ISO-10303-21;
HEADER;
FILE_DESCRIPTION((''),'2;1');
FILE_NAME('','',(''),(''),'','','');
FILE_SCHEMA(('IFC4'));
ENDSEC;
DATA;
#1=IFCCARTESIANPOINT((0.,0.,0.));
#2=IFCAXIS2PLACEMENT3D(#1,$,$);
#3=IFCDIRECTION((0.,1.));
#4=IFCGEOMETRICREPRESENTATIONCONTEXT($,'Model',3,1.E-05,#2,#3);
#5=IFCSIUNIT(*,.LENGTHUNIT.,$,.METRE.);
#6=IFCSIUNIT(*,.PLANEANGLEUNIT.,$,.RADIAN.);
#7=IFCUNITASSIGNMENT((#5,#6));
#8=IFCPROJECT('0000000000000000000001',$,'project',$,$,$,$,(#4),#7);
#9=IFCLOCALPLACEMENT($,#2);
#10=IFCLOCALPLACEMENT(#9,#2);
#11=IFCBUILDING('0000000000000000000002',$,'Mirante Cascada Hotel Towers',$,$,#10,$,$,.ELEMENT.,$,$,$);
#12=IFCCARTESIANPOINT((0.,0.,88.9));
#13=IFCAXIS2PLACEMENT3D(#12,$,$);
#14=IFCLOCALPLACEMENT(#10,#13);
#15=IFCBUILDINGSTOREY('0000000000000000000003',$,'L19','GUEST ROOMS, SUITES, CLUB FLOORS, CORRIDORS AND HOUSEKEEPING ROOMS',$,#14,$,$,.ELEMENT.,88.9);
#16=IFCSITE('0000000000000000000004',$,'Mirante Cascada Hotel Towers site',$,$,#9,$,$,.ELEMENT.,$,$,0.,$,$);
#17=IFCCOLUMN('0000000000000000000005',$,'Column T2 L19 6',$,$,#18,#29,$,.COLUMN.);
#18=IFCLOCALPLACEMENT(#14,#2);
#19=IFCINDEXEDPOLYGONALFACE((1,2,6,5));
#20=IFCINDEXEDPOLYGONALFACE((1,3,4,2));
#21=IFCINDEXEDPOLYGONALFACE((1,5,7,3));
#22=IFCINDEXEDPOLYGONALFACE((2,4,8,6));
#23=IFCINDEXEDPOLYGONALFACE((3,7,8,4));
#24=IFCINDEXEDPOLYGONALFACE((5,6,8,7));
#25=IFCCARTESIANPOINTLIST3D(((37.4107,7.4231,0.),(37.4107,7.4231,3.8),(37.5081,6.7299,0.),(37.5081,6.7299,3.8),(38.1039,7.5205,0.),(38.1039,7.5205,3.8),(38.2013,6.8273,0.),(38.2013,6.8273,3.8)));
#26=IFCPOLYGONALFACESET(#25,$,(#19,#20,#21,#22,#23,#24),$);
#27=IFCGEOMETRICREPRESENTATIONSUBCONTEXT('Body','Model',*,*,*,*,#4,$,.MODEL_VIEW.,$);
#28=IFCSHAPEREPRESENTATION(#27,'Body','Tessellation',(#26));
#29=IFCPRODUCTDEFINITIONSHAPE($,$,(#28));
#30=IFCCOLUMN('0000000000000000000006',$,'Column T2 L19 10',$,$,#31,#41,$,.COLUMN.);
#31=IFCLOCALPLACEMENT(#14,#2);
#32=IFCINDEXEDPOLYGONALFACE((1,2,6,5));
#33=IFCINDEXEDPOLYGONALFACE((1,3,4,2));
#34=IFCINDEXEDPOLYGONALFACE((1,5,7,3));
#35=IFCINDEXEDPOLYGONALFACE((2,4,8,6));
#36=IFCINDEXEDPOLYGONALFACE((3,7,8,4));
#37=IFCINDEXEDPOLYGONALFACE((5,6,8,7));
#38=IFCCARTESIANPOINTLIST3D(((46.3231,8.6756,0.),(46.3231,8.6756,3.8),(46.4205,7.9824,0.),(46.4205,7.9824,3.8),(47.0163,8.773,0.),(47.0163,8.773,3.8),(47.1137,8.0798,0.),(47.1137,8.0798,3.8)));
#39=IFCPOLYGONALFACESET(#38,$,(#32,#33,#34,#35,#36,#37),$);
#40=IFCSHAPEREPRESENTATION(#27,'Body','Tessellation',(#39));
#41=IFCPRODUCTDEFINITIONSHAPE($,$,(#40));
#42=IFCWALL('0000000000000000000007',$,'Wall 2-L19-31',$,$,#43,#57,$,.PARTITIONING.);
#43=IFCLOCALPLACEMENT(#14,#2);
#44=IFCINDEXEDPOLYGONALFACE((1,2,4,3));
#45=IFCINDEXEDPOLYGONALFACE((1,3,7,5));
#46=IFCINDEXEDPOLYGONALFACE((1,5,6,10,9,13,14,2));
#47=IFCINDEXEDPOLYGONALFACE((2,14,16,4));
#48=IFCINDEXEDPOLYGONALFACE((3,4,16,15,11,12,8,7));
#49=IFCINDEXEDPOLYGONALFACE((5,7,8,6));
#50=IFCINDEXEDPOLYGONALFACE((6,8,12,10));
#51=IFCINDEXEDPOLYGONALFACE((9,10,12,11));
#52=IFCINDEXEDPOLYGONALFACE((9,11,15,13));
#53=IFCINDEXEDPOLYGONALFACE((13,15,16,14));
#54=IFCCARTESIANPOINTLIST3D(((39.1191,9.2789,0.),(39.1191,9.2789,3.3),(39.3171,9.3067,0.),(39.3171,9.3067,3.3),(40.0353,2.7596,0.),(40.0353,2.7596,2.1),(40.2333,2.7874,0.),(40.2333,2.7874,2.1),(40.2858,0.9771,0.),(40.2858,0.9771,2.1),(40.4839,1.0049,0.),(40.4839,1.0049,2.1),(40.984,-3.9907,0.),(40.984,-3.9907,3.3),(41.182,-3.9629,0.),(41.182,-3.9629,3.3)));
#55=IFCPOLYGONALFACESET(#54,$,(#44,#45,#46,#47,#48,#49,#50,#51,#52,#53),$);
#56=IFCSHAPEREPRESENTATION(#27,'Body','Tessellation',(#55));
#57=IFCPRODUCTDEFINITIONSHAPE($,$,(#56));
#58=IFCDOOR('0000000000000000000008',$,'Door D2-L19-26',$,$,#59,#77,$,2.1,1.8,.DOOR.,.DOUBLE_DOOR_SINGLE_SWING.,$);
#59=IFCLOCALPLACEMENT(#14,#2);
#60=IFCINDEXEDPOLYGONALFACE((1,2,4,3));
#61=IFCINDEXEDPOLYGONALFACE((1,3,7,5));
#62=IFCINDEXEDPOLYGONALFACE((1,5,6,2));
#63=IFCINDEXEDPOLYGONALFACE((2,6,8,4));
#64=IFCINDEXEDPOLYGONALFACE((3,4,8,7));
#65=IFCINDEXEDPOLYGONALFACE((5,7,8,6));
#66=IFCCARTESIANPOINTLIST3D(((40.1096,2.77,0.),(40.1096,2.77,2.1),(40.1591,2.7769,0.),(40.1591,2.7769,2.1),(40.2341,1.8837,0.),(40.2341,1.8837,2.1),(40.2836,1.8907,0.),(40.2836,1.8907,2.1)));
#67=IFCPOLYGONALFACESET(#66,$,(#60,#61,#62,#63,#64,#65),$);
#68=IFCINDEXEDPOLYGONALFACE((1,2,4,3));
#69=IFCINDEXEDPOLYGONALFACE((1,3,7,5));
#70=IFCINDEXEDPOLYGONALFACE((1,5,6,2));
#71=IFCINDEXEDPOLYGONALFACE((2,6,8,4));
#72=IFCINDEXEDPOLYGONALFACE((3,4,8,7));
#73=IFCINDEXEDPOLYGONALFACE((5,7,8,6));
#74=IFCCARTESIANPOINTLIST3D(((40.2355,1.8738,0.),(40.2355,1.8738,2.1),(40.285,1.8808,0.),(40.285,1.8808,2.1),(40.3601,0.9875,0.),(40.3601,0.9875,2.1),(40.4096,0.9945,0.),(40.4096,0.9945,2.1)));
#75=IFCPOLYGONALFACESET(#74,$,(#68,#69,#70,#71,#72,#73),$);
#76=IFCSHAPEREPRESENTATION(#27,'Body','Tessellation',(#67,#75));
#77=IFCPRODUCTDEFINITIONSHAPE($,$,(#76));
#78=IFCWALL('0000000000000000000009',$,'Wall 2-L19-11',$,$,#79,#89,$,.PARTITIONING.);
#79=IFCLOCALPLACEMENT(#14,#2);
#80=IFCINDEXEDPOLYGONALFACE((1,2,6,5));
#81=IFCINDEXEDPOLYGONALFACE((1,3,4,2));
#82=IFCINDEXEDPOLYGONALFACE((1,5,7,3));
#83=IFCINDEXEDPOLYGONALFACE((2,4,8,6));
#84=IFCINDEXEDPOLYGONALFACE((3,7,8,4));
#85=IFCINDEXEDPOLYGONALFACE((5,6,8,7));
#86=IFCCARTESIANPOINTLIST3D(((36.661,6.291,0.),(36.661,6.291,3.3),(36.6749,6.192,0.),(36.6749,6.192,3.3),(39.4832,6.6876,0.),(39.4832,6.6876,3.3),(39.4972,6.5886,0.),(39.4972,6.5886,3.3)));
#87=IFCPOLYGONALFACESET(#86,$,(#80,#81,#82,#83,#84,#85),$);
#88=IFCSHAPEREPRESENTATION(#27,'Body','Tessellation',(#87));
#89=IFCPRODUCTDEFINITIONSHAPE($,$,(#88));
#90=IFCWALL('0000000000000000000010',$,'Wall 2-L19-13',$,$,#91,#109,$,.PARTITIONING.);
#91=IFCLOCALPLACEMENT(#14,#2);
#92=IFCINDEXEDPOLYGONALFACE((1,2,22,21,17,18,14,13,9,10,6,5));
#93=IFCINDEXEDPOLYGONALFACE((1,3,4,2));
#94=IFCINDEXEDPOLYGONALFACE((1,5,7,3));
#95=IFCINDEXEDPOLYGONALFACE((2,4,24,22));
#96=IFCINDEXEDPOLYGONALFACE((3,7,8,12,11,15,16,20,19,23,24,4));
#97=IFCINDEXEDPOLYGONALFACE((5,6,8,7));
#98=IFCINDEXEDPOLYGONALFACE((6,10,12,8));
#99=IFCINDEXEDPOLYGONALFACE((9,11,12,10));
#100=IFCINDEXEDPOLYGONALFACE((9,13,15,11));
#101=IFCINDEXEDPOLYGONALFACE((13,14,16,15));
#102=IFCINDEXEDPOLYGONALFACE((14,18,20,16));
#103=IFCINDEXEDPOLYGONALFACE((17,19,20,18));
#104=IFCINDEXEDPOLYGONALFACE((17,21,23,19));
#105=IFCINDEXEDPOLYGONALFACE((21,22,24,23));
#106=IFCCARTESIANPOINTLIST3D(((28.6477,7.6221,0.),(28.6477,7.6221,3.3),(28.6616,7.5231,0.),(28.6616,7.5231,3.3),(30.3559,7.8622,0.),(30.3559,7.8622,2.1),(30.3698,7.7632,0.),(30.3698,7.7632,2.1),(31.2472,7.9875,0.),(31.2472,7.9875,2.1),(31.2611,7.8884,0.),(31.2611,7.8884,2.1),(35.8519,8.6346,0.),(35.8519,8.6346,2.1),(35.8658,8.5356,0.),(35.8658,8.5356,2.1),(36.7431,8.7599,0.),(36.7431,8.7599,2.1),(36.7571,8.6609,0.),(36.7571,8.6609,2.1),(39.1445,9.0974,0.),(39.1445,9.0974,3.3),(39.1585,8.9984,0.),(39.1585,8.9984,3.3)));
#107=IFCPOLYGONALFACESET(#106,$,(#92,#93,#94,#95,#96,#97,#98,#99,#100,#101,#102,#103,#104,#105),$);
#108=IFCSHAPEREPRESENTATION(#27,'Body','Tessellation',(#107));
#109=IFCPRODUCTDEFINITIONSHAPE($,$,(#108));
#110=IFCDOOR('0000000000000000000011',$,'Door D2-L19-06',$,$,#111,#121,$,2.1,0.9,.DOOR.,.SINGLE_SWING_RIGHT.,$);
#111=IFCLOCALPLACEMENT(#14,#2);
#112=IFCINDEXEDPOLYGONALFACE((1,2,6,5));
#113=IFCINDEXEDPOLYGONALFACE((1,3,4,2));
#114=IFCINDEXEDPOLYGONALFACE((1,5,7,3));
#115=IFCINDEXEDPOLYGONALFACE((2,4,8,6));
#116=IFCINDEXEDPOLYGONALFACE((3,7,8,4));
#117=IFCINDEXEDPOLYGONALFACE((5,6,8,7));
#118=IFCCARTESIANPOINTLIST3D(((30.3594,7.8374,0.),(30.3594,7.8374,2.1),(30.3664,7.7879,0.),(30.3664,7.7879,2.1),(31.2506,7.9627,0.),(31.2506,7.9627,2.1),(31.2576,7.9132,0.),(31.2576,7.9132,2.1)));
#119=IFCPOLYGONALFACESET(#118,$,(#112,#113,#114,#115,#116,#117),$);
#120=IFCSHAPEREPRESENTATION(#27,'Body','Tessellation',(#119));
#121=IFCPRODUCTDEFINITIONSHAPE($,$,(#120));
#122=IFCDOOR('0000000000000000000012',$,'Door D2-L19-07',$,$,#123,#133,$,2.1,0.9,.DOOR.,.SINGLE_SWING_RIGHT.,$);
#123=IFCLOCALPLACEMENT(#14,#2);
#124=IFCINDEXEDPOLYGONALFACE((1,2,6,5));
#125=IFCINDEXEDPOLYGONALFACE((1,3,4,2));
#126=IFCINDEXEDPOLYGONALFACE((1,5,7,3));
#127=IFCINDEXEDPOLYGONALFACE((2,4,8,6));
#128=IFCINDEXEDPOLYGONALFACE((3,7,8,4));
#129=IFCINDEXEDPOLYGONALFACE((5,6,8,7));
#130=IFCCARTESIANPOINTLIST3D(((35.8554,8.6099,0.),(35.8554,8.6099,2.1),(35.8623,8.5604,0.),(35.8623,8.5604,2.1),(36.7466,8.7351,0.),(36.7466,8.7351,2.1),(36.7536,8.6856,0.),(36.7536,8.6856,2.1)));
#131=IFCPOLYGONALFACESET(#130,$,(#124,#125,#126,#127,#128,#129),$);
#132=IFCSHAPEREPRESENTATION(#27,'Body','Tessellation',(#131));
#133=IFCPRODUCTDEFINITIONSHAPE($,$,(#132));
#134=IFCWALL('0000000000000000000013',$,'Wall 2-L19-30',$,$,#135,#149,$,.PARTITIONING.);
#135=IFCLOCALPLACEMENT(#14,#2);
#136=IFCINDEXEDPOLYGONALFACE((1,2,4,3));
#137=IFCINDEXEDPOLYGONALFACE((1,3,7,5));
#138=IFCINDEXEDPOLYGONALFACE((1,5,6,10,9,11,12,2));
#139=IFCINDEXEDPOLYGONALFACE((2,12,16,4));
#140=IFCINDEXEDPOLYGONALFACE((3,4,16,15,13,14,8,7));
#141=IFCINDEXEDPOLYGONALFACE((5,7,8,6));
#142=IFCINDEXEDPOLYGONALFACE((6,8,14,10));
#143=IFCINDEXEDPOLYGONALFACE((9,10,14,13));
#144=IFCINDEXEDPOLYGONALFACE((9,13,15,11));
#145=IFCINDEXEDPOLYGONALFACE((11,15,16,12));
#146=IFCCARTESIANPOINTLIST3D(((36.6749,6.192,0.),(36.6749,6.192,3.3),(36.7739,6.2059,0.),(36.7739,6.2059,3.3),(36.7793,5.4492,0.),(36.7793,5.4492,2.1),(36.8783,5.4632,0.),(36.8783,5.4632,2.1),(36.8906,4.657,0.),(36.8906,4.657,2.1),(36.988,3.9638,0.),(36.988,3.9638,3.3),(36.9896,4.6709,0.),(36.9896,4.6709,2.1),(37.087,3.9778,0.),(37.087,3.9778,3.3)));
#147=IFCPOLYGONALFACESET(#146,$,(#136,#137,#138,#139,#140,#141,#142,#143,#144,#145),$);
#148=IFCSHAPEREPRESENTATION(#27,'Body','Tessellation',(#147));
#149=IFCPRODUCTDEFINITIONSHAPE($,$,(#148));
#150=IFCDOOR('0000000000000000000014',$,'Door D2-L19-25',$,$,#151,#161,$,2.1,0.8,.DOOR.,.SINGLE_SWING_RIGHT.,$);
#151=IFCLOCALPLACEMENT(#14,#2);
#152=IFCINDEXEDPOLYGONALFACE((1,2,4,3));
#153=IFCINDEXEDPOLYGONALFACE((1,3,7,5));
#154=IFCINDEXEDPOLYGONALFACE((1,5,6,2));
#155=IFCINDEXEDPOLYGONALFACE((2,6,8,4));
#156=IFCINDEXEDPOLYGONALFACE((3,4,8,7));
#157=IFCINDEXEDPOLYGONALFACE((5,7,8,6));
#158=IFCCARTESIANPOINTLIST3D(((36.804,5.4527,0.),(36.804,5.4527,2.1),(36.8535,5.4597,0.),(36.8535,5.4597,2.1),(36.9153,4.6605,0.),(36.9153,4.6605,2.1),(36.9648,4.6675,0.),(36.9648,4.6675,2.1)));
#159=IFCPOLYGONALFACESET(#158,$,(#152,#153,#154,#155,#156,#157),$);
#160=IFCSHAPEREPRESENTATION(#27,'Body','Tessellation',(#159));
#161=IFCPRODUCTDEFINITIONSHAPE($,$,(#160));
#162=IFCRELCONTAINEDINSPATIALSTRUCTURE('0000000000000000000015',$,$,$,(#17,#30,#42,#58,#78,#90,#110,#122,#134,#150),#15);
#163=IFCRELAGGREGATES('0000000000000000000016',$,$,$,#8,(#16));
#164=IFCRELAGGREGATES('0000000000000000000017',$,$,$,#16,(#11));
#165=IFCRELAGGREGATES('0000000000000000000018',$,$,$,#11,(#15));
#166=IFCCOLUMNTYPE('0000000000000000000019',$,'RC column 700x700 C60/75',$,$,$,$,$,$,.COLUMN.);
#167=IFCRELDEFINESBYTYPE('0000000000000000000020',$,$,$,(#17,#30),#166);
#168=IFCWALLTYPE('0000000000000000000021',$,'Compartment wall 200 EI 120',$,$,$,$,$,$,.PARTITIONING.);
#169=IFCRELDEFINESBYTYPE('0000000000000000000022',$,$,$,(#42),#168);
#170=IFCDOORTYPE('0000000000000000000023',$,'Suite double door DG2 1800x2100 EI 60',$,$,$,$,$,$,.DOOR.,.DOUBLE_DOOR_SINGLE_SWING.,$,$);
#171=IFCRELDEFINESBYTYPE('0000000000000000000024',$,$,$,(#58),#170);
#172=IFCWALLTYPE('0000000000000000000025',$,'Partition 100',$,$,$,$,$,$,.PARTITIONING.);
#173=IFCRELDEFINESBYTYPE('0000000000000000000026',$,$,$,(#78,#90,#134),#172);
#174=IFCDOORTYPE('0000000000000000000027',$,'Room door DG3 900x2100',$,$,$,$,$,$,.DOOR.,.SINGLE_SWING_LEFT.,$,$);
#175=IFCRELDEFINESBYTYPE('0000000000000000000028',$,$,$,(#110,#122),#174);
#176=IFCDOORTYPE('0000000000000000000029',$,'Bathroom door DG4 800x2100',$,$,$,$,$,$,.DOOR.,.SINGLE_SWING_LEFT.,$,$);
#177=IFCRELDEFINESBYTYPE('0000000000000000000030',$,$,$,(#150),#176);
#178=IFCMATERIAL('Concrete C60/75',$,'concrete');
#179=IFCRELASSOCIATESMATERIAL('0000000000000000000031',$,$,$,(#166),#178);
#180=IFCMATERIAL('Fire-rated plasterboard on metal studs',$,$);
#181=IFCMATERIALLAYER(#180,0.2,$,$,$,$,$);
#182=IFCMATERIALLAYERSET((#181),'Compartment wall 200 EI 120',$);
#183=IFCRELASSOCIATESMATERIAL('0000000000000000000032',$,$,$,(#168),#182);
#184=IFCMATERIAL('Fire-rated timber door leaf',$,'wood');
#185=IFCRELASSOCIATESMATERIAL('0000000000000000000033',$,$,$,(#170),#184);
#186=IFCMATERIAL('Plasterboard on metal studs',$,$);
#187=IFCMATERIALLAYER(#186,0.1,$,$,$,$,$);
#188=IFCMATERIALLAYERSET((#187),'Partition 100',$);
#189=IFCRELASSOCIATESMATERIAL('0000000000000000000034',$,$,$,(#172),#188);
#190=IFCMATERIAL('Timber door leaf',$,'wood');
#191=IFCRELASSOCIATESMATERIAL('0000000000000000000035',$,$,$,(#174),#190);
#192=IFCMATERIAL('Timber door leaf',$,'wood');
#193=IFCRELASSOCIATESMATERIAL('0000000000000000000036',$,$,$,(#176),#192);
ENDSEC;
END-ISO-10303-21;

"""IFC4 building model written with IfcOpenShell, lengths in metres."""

from ifc_helpers import new_model, si_unit, direction, frame, frame_2d, origin, origin_2d, place, context, subcontext, project, spatial, rectangle, extrude, material, layer, layer_set, material_profile, profile_set, type_object, element, fill, save


model = new_model("IFC4")

# Units and contexts
model_context = context("Model", 3, precision=1e-05, world=origin(), true_north=direction((0.0, 1.0)))
body_context = subcontext(model_context, "Body", "Model", "MODEL_VIEW")
ifc_project = project(units=[si_unit("LENGTHUNIT", "METRE"), si_unit("PLANEANGLEUNIT", "RADIAN")], contexts=[model_context])

# Site, building, storey
site_placement = place(None, origin())
site = spatial("IfcSite", under=ifc_project, at=site_placement, Name="Mirante Cascada Hotel Towers site", CompositionType="ELEMENT", RefElevation=0.0)
building_placement = place(site_placement, origin())
building = spatial("IfcBuilding", under=site, at=building_placement, Name="Mirante Cascada Hotel Towers", CompositionType="ELEMENT")
storey_placement = place(building_placement, frame((0.0, 0.0, 88.9)))
storey = spatial("IfcBuildingStorey", under=building, at=storey_placement, Name="L19", Description="GUEST ROOMS, SUITES, CLUB FLOORS, CORRIDORS AND HOUSEKEEPING ROOMS", CompositionType="ELEMENT", Elevation=88.9)

# Columns
ifc_material_1 = material(Name="Concrete C60/75", Category="concrete")
ifc_material_profile = material_profile(ifc_material_1, rectangle(XDim=0.7, YDim=0.7, at=origin_2d()), Name="RC column 700x700 C60/75")
ifc_profile_set = profile_set([ifc_material_profile], Name="Concrete C60/75")
column_type = type_object("IfcColumnType", Name="RC column 700x700 C60/75", PredefinedType="COLUMN", material=ifc_profile_set)
for number, where, z_axis, x_axis, name in (
    (1, (37.806, 7.1252, 0.0), (0.0, 0.0, 1.0), (0.990268, 0.139173, 0.0), "Column T2 L19 6"),
    (2, (46.7184, 8.3777, 0.0), (0.0, 0.0, 1.0), (0.990268, 0.139173, 0.0), "Column T2 L19 10"),
):
    element("IfcColumn", number, at=place(storey_placement, frame(where, z_axis=z_axis, x_axis=x_axis)), inside=storey, type_object=column_type, Name=name, PredefinedType="COLUMN", context=body_context, shape_type="SweptSolid", body=[
        extrude(rectangle(XDim=0.7, YDim=0.7, at=origin_2d()), origin(), (0.0, 0.0, 1.0), 3.8),
    ])

# Shared definitions
ifc_material_2 = material(Name="Fire-rated plasterboard on metal studs")
ifc_layer_1 = layer(ifc_material_2, 0.2)
ifc_layer_set_1 = layer_set([ifc_layer_1], Name="Compartment wall 200 EI 120")
wall_type_1 = type_object("IfcWallType", Name="Compartment wall 200 EI 120", PredefinedType="PARTITIONING", material=ifc_layer_set_1)

# Wall, opening, door
wall_1_placement = place(storey_placement, frame((39.2181, 9.2928, 0.0), z_axis=(0.0, 0.0, 1.0), x_axis=(0.139172, -0.990268, 0.0)))
wall_1 = element("IfcWall", 3, at=wall_1_placement, inside=storey, type_object=wall_type_1, Name="Wall 2-L19-31", PredefinedType="PARTITIONING", context=body_context, shape_type="SweptSolid", body=[
    extrude(rectangle(XDim=13.4, YDim=0.2, at=frame_2d((6.7, 0.0))), origin(), (0.0, 0.0, 1.0), 3.3),
])
opening_1_placement = place(wall_1_placement, frame((6.5834, 0.0, 0.0)))
opening_1 = element("IfcOpeningElement", 4, at=opening_1_placement, cuts=wall_1, PredefinedType="OPENING", context=body_context, shape_type="SweptSolid", body=[
    extrude(rectangle(XDim=1.8, YDim=2.1, at=frame_2d((0.9, 1.05))), frame((0.0, 0.1, 0.0), z_axis=(0.0, -1.0, 0.0), x_axis=(1.0, 0.0, 0.0)), (0.0, 0.0, 1.0), 0.2),
])
ifc_material_3 = material(Name="Fire-rated timber door leaf", Category="wood")
door_type_1 = type_object("IfcDoorType", Name="Suite double door DG2 1800x2100 EI 60", OperationType="DOUBLE_DOOR_SINGLE_SWING", PredefinedType="DOOR", material=ifc_material_3)
door_1_placement = place(opening_1_placement, origin())
door_1 = element("IfcDoor", 5, at=door_1_placement, inside=storey, type_object=door_type_1, Name="Door D2-L19-26", OperationType="DOUBLE_DOOR_SINGLE_SWING", OverallHeight=2.1, OverallWidth=1.8, PredefinedType="DOOR", context=body_context, shape_type="SweptSolid", body=[
    extrude(rectangle(XDim=0.895, YDim=2.1, at=frame_2d((0.4475, 1.05))), frame((0.0, 0.025, 0.0), z_axis=(0.0, -1.0, 0.0), x_axis=(1.0, 0.0, 0.0)), (0.0, 0.0, 1.0), 0.05),
    extrude(rectangle(XDim=0.895, YDim=2.1, at=frame_2d((1.3525, 1.05))), frame((0.0, 0.025, 0.0), z_axis=(0.0, -1.0, 0.0), x_axis=(1.0, 0.0, 0.0)), (0.0, 0.0, 1.0), 0.05),
])
fill(opening_1, door_1)

# Wall
ifc_material_4 = material(Name="Plasterboard on metal studs")
ifc_layer_2 = layer(ifc_material_4, 0.1)
ifc_layer_set_2 = layer_set([ifc_layer_2], Name="Partition 100")
wall_type_2 = type_object("IfcWallType", Name="Partition 100", PredefinedType="PARTITIONING", material=ifc_layer_set_2)
wall_2_placement = place(storey_placement, frame((39.4902, 6.6381, 0.0), z_axis=(0.0, 0.0, 1.0), x_axis=(-0.99027, -0.139156, 0.0)))
element("IfcWall", 6, at=wall_2_placement, inside=storey, type_object=wall_type_2, Name="Wall 2-L19-11", PredefinedType="PARTITIONING", context=body_context, shape_type="SweptSolid", body=[
    extrude(rectangle(XDim=2.85, YDim=0.1, at=frame_2d((1.425, 0.0))), origin(), (0.0, 0.0, 1.0), 3.3),
])

# Wall, openings, doors
wall_3_placement = place(storey_placement, frame((39.1515, 9.0479, 0.0), z_axis=(0.0, 0.0, 1.0), x_axis=(-0.990267, -0.13918, 0.0)))
wall_3 = element("IfcWall", 7, at=wall_3_placement, inside=storey, type_object=wall_type_2, Name="Wall 2-L19-13", PredefinedType="PARTITIONING", context=body_context, shape_type="SweptSolid", body=[
    extrude(rectangle(XDim=10.6, YDim=0.1, at=frame_2d((5.3, 0.0))), origin(), (0.0, 0.0, 1.0), 3.3),
])
opening_2_placement = place(wall_3_placement, frame((7.975, 0.0, 0.0)))
opening_2 = element("IfcOpeningElement", 8, at=opening_2_placement, cuts=wall_3, PredefinedType="OPENING", context=body_context, shape_type="SweptSolid", body=[
    extrude(rectangle(XDim=0.9, YDim=2.1, at=frame_2d((0.45, 1.05))), frame((0.0, 0.05, 0.0), z_axis=(0.0, -1.0, 0.0), x_axis=(1.0, 0.0, 0.0)), (0.0, 0.0, 1.0), 0.1),
])
opening_3_placement = place(wall_3_placement, frame((2.425, 0.0, 0.0)))
opening_3 = element("IfcOpeningElement", 9, at=opening_3_placement, cuts=wall_3, PredefinedType="OPENING", context=body_context, shape_type="SweptSolid", body=[
    extrude(rectangle(XDim=0.9, YDim=2.1, at=frame_2d((0.45, 1.05))), frame((0.0, 0.05, 0.0), z_axis=(0.0, -1.0, 0.0), x_axis=(1.0, 0.0, 0.0)), (0.0, 0.0, 1.0), 0.1),
])
ifc_material_5 = material(Name="Timber door leaf", Category="wood")
door_type_2 = type_object("IfcDoorType", Name="Room door DG3 900x2100", OperationType="SINGLE_SWING_LEFT", PredefinedType="DOOR", material=ifc_material_5)
door_2_placement = place(opening_2_placement, frame((0.9, 0.0, 0.0), z_axis=(0.0, 0.0, 1.0), x_axis=(-1.0, 0.0, 0.0)))
door_2 = element("IfcDoor", 10, at=door_2_placement, inside=storey, type_object=door_type_2, Name="Door D2-L19-06", OperationType="SINGLE_SWING_RIGHT", OverallHeight=2.1, OverallWidth=0.9, PredefinedType="DOOR", context=body_context, shape_type="SweptSolid", body=[
    extrude(rectangle(XDim=0.9, YDim=2.1, at=frame_2d((0.45, 1.05))), frame((0.0, 0.025, 0.0), z_axis=(0.0, -1.0, 0.0), x_axis=(1.0, 0.0, 0.0)), (0.0, 0.0, 1.0), 0.05),
])
fill(opening_2, door_2)
door_3_placement = place(opening_3_placement, frame((0.9, 0.0, 0.0), z_axis=(0.0, 0.0, 1.0), x_axis=(-1.0, 0.0, 0.0)))
door_3 = element("IfcDoor", 11, at=door_3_placement, inside=storey, type_object=door_type_2, Name="Door D2-L19-07", OperationType="SINGLE_SWING_RIGHT", OverallHeight=2.1, OverallWidth=0.9, PredefinedType="DOOR", context=body_context, shape_type="SweptSolid", body=[
    extrude(rectangle(XDim=0.9, YDim=2.1, at=frame_2d((0.45, 1.05))), frame((0.0, 0.025, 0.0), z_axis=(0.0, -1.0, 0.0), x_axis=(1.0, 0.0, 0.0)), (0.0, 0.0, 1.0), 0.05),
])
fill(opening_3, door_3)

# Wall, opening, door
wall_4_placement = place(storey_placement, frame((37.0375, 3.9708, 0.0), z_axis=(0.0, 0.0, 1.0), x_axis=(-0.139156, 0.990271, 0.0)))
wall_4 = element("IfcWall", 12, at=wall_4_placement, inside=storey, type_object=wall_type_2, Name="Wall 2-L19-30", PredefinedType="PARTITIONING", context=body_context, shape_type="SweptSolid", body=[
    extrude(rectangle(XDim=2.25, YDim=0.1, at=frame_2d((1.125, 0.0))), origin(), (0.0, 0.0, 1.0), 3.3),
])
opening_4_placement = place(wall_4_placement, frame((0.7, 0.0, 0.0)))
opening_4 = element("IfcOpeningElement", 13, at=opening_4_placement, cuts=wall_4, PredefinedType="OPENING", context=body_context, shape_type="SweptSolid", body=[
    extrude(rectangle(XDim=0.8, YDim=2.1, at=frame_2d((0.4, 1.05))), frame((0.0, 0.05, 0.0), z_axis=(0.0, -1.0, 0.0), x_axis=(1.0, 0.0, 0.0)), (0.0, 0.0, 1.0), 0.1),
])
ifc_material_6 = material(Name="Timber door leaf", Category="wood")
door_type_3 = type_object("IfcDoorType", Name="Bathroom door DG4 800x2100", OperationType="SINGLE_SWING_LEFT", PredefinedType="DOOR", material=ifc_material_6)
door_4_placement = place(opening_4_placement, frame((0.8, 0.0, 0.0), z_axis=(0.0, 0.0, 1.0), x_axis=(-1.0, 0.0, 0.0)))
door_4 = element("IfcDoor", 14, at=door_4_placement, inside=storey, type_object=door_type_3, Name="Door D2-L19-25", OperationType="SINGLE_SWING_RIGHT", OverallHeight=2.1, OverallWidth=0.8, PredefinedType="DOOR", context=body_context, shape_type="SweptSolid", body=[
    extrude(rectangle(XDim=0.8, YDim=2.1, at=frame_2d((0.4, 1.05))), frame((0.0, 0.025, 0.0), z_axis=(0.0, -1.0, 0.0), x_axis=(1.0, 0.0, 0.0)), (0.0, 0.0, 1.0), 0.05),
])
fill(opening_4, door_4)

save(model, "model.ifc")
